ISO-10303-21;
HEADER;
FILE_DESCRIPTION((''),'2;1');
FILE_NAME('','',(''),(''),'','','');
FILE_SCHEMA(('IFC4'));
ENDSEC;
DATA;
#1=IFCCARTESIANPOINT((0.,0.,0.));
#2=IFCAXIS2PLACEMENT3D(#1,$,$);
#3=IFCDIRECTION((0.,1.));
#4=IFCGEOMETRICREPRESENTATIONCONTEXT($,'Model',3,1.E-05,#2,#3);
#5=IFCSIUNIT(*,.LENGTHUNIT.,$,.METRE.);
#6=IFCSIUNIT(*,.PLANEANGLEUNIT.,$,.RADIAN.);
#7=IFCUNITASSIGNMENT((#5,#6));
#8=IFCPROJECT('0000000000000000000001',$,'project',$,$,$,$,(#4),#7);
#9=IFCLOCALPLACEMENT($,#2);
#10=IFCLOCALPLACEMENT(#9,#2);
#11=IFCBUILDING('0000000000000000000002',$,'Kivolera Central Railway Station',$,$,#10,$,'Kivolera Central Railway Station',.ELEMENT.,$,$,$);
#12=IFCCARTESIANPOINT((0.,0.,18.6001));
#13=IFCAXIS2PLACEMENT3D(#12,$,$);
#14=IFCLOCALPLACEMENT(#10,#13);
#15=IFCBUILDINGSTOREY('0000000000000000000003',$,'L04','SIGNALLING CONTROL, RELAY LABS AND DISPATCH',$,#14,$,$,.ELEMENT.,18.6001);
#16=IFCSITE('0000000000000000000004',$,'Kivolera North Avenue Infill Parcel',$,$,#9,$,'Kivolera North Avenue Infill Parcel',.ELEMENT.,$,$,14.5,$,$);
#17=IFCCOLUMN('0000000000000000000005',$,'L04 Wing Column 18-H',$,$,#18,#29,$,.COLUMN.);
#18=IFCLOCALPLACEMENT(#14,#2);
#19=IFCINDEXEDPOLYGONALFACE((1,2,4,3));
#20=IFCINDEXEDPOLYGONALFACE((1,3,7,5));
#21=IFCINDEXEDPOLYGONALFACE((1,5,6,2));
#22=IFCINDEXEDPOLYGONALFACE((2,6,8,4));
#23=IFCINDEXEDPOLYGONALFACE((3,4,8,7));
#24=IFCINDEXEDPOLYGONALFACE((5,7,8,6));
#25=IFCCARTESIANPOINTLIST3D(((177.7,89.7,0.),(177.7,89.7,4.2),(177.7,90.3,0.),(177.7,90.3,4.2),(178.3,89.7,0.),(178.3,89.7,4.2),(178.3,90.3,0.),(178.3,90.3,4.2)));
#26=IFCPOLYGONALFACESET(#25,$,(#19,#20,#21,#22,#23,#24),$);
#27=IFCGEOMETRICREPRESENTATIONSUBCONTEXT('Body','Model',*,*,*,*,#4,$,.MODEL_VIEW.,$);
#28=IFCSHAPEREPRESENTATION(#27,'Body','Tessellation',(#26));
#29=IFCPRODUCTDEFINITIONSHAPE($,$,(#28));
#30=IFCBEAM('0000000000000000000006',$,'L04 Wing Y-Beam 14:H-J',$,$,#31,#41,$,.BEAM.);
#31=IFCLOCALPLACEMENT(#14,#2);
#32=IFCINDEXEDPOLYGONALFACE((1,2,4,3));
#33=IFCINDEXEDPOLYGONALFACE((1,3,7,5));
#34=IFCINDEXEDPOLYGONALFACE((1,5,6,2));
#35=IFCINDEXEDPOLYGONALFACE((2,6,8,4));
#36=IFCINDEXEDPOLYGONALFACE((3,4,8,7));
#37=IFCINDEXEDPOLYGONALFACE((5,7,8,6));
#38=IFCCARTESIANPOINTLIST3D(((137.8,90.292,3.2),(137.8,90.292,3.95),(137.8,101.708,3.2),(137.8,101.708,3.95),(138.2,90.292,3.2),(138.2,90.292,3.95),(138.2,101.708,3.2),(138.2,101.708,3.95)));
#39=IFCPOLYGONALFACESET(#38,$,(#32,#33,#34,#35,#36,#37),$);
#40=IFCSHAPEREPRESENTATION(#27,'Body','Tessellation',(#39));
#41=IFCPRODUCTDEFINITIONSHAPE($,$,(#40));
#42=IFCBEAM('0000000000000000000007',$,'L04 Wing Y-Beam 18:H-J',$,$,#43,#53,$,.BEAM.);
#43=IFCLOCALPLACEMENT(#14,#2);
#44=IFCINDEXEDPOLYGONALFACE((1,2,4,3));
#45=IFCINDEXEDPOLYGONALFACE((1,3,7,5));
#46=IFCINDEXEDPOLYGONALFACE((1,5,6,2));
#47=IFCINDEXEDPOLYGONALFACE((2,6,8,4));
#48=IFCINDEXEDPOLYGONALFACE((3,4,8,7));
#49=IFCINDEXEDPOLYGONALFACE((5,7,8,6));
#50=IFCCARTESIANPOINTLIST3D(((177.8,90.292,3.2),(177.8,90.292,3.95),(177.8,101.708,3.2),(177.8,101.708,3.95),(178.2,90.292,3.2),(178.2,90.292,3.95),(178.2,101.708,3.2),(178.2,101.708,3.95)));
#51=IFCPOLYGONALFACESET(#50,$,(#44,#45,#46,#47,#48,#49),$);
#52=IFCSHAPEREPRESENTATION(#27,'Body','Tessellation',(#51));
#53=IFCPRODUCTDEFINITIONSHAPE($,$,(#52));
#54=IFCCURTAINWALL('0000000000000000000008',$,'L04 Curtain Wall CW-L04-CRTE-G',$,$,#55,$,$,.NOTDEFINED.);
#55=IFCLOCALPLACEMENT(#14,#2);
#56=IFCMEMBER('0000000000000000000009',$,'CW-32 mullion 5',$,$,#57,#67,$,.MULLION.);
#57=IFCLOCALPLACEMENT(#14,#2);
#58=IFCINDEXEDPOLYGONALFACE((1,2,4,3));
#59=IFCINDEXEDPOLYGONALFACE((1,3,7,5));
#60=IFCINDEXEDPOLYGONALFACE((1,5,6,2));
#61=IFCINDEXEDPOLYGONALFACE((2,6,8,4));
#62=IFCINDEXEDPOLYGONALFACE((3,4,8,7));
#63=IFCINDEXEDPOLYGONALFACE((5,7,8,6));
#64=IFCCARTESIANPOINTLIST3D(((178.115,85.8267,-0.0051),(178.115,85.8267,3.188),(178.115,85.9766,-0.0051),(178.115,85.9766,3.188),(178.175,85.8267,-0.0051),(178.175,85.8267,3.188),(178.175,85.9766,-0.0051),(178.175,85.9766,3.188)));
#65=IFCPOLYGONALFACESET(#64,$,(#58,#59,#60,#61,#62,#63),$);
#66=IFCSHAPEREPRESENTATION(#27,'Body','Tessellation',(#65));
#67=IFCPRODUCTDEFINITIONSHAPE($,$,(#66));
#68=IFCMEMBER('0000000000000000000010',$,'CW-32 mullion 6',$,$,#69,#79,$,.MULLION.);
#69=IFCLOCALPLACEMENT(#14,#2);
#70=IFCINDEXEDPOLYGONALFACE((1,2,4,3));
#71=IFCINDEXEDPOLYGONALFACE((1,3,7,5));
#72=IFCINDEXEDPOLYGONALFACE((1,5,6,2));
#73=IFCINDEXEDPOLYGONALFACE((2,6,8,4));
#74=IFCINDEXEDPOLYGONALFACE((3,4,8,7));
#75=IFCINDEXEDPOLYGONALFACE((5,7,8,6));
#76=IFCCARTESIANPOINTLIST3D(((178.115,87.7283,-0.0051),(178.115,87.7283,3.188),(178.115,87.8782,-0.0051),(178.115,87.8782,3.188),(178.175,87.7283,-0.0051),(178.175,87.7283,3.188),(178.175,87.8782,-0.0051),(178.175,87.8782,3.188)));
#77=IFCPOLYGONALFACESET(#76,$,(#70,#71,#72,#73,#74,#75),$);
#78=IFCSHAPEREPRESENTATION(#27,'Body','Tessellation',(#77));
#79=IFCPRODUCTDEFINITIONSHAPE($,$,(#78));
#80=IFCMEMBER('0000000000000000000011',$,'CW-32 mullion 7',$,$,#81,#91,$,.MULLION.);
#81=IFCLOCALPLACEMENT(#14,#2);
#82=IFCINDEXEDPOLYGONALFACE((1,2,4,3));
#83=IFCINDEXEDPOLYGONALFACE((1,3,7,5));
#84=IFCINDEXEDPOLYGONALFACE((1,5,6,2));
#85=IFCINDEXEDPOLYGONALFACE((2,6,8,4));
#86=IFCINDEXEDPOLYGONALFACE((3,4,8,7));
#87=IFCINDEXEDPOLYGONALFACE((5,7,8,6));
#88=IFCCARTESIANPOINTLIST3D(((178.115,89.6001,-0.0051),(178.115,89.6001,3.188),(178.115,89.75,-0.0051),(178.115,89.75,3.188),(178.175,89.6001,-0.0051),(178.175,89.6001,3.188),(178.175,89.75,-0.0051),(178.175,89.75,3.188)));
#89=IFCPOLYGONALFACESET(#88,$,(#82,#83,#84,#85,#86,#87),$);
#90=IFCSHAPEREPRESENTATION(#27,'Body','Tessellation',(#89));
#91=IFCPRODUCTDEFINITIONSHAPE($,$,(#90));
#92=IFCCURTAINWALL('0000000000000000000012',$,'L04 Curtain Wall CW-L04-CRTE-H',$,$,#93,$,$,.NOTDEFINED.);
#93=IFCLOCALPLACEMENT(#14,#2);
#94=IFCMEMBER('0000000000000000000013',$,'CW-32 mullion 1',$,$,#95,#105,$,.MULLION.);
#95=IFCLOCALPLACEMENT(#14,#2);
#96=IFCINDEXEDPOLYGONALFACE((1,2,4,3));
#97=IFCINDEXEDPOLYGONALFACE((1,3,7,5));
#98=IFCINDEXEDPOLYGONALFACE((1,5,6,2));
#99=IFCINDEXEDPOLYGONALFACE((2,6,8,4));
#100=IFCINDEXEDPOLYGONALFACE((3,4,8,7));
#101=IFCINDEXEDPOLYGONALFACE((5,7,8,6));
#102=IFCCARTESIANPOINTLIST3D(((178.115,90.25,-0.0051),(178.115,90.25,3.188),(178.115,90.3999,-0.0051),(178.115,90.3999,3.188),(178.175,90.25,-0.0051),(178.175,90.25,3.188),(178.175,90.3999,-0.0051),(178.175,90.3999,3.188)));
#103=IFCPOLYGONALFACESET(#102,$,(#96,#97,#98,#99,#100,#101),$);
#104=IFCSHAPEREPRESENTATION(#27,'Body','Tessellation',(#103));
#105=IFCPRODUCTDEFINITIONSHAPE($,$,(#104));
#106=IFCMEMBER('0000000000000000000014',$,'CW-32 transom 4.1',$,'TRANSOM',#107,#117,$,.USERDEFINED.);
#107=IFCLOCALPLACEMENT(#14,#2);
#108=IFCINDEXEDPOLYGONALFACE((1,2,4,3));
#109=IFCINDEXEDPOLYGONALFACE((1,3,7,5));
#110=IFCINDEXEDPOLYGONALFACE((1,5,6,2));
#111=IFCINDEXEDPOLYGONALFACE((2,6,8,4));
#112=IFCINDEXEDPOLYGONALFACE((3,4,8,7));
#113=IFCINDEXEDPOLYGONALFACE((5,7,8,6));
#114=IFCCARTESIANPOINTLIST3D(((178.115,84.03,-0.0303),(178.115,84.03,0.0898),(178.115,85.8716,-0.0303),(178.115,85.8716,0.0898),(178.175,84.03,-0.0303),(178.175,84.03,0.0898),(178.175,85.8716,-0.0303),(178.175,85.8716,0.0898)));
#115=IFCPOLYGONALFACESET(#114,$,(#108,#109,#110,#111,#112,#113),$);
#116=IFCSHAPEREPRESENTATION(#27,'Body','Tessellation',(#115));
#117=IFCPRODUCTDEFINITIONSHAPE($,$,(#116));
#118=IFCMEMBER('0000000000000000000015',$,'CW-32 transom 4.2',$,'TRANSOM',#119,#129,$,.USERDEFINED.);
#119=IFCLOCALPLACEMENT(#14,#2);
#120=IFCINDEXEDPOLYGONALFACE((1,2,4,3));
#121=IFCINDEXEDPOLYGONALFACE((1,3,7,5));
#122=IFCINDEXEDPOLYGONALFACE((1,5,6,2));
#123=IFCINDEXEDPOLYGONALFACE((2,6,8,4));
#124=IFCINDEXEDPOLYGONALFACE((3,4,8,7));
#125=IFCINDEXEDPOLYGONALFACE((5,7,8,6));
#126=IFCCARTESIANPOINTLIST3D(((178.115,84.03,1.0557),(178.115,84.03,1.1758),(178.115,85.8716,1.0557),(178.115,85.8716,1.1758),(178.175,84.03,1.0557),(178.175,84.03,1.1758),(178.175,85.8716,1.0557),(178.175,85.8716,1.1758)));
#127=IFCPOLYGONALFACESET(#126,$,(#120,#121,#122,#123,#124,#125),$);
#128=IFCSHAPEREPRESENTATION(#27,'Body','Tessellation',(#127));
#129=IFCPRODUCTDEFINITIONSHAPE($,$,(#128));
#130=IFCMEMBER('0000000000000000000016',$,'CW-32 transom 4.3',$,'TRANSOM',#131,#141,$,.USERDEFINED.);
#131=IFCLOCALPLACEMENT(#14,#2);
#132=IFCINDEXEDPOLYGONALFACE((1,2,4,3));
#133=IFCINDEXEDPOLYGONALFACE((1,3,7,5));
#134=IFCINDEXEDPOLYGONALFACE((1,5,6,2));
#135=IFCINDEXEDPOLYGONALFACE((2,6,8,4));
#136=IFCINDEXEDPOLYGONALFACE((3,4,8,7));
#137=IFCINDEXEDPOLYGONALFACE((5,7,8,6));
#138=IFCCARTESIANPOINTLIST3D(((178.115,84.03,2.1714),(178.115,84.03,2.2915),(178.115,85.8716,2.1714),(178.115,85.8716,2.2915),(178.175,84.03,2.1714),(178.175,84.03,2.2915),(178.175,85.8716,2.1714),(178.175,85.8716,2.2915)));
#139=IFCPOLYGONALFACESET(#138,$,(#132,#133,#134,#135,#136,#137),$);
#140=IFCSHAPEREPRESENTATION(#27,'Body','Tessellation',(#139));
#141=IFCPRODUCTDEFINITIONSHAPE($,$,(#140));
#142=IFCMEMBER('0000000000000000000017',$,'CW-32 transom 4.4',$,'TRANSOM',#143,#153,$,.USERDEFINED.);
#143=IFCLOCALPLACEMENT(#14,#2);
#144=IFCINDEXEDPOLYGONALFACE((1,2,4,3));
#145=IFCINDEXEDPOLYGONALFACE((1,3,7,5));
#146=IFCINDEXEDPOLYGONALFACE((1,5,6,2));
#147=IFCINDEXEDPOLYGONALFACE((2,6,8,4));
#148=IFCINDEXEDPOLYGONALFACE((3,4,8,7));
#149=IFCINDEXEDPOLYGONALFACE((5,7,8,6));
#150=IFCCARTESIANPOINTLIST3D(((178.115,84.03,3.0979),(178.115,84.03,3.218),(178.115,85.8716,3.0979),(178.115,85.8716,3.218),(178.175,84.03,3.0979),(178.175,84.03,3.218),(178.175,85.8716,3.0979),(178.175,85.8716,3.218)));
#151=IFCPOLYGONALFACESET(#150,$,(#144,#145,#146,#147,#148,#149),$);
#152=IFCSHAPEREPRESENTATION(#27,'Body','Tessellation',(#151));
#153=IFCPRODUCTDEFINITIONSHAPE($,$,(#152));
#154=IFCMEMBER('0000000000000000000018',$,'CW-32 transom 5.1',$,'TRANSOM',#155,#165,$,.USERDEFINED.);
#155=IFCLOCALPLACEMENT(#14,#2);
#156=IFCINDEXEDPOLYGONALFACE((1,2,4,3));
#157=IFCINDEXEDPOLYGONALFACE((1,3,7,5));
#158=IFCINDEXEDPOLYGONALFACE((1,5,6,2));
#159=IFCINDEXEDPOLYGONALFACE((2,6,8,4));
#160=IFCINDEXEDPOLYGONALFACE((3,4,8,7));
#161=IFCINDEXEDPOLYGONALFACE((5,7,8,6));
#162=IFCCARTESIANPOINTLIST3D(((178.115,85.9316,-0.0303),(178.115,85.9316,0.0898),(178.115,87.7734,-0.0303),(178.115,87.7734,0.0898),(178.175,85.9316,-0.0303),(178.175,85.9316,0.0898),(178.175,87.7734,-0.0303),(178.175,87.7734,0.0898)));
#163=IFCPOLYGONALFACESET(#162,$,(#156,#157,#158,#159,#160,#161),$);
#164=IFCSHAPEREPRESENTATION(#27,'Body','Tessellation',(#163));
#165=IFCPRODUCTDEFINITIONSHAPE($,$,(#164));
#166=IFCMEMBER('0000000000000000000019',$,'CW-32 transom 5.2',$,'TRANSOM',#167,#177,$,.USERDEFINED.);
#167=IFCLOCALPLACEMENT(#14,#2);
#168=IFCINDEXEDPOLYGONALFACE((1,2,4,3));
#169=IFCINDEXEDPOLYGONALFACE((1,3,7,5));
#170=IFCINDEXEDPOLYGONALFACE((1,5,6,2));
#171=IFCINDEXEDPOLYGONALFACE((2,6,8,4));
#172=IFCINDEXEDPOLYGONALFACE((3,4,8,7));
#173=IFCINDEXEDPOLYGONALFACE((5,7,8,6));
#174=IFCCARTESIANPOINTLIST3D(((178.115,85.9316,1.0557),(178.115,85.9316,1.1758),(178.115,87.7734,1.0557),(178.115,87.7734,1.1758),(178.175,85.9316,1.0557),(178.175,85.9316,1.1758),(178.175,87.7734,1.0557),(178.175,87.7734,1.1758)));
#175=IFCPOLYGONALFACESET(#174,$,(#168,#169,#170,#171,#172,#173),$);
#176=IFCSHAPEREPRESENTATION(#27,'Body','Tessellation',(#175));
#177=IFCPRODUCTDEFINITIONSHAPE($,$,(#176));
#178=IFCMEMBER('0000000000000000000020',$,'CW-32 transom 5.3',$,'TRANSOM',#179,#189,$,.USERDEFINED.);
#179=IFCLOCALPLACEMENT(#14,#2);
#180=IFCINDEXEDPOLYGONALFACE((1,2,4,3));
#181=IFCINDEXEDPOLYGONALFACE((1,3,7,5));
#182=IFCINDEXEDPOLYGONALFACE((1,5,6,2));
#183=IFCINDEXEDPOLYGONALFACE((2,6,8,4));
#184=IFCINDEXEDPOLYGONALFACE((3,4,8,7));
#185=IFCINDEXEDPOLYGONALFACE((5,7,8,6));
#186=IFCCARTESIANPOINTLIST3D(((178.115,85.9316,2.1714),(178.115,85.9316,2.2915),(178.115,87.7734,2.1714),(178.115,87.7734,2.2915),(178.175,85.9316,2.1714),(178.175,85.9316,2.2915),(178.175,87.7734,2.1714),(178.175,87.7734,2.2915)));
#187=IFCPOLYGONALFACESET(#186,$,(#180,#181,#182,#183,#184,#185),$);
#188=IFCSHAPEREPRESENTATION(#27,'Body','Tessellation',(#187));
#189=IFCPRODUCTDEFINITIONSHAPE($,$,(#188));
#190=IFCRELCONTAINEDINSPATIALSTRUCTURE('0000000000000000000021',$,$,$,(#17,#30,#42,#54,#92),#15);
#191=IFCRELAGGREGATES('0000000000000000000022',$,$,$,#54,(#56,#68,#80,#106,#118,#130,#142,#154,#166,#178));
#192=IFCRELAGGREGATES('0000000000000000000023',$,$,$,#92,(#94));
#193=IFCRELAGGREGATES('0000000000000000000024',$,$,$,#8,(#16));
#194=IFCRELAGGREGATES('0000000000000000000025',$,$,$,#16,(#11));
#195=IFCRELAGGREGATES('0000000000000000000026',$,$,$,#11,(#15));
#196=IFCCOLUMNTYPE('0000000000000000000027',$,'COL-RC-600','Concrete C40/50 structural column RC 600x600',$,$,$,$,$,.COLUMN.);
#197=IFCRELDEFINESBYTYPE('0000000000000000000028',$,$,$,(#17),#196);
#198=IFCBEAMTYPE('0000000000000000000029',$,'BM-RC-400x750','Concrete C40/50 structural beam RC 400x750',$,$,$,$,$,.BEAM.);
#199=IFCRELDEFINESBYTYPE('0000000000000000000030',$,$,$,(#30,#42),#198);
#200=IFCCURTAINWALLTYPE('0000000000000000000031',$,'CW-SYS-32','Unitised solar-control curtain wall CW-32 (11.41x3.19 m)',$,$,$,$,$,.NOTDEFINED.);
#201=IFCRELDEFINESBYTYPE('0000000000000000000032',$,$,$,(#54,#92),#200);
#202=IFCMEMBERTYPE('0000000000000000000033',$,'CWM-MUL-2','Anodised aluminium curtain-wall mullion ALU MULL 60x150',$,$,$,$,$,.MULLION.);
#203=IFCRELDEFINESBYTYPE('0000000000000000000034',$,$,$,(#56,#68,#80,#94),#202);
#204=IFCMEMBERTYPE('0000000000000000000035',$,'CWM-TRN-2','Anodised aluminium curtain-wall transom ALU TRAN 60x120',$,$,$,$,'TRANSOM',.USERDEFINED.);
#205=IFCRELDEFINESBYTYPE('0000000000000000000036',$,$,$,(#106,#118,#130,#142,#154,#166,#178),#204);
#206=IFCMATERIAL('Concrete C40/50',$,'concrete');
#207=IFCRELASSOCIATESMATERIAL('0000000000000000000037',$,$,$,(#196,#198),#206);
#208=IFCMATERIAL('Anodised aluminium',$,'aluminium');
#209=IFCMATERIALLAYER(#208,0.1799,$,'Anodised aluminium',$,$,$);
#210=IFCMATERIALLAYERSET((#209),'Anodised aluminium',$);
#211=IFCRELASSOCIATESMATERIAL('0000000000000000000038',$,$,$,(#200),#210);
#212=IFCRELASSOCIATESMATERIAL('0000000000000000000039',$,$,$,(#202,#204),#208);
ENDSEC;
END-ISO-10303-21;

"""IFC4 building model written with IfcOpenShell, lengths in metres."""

from ifc_helpers import new_model, si_unit, direction, frame, origin, origin_2d, place, context, subcontext, project, spatial, rectangle, extrude, material, layer, layer_set, material_profile, profile_set, type_object, element, aggregate, save


model = new_model("IFC4")

# Units and contexts
model_context = context("Model", 3, precision=1e-05, world=origin(), true_north=direction((0.0, 1.0)))
body_context = subcontext(model_context, "Body", "Model", "MODEL_VIEW")
ifc_project = project(units=[si_unit("LENGTHUNIT", "METRE"), si_unit("PLANEANGLEUNIT", "RADIAN")], contexts=[model_context])

# Site, building, storey
site_placement = place(None, origin())
site = spatial("IfcSite", under=ifc_project, at=site_placement, Name="Kivolera North Avenue Infill Parcel", LongName="Kivolera North Avenue Infill Parcel", CompositionType="ELEMENT", RefElevation=14.5)
building_placement = place(site_placement, origin())
building = spatial("IfcBuilding", under=site, at=building_placement, Name="Kivolera Central Railway Station", LongName="Kivolera Central Railway Station", CompositionType="ELEMENT")
storey_placement = place(building_placement, frame((0.0, 0.0, 18.6001)))
storey = spatial("IfcBuildingStorey", under=building, at=storey_placement, Name="L04", Description="SIGNALLING CONTROL, RELAY LABS AND DISPATCH", CompositionType="ELEMENT", Elevation=18.6001)

# Column
ifc_material_1 = material(Name="Concrete C40/50", Category="concrete")
ifc_material_profile_1 = material_profile(ifc_material_1, rectangle(XDim=0.6001, YDim=0.6001, at=origin_2d()), Name="RC 600x600")
ifc_profile_set_1 = profile_set([ifc_material_profile_1], Name="Concrete C40/50")
column_type = type_object("IfcColumnType", Name="COL-RC-600", Description="Concrete C40/50 structural column RC 600x600", PredefinedType="COLUMN", material=ifc_profile_set_1)
column_placement = place(storey_placement, frame((178.0, 90.0, 0.0), z_axis=(0.0, 0.0, 1.0), x_axis=(1.0, 0.0, 0.0)))
element("IfcColumn", 1, at=column_placement, inside=storey, type_object=column_type, Name="L04 Wing Column 18-H", PredefinedType="COLUMN", context=body_context, shape_type="SweptSolid", body=[
    extrude(rectangle(XDim=0.6001, YDim=0.6001, at=origin_2d()), origin(), (0.0, 0.0, 1.0), 4.2),
])

# Beams
ifc_material_profile_2 = material_profile(ifc_material_1, rectangle(XDim=0.3999, YDim=0.75, at=origin_2d()), Name="RC 400x750")
ifc_profile_set_2 = profile_set([ifc_material_profile_2], Name="Concrete C40/50")
beam_type = type_object("IfcBeamType", Name="BM-RC-400x750", Description="Concrete C40/50 structural beam RC 400x750", PredefinedType="BEAM", material=ifc_profile_set_2)
for number, where, z_axis, x_axis, name in (
    (2, (138.0, 90.292, 3.575), (0.0, 1.0, 0.0), (-1.0, 0.0, 0.0), "L04 Wing Y-Beam 14:H-J"),
    (3, (178.0, 90.292, 3.575), (0.0, 1.0, 0.0), (-1.0, 0.0, 0.0), "L04 Wing Y-Beam 18:H-J"),
):
    element("IfcBeam", number, at=place(storey_placement, frame(where, z_axis=z_axis, x_axis=x_axis)), inside=storey, type_object=beam_type, Name=name, PredefinedType="BEAM", context=body_context, shape_type="SweptSolid", body=[
        extrude(rectangle(XDim=0.3999, YDim=0.75, at=origin_2d()), origin(), (0.0, 0.0, 1.0), 11.416),
    ])

# Curtain wall, members
ifc_material_2 = material(Name="Anodised aluminium", Category="aluminium")
ifc_layer_1 = layer(ifc_material_2, 0.1799, Name="Anodised aluminium")
ifc_layer_set_1 = layer_set([ifc_layer_1], Name="Anodised aluminium")
curtain_wall_type = type_object("IfcCurtainWallType", Name="CW-SYS-32", Description="Unitised solar-control curtain wall CW-32 (11.41x3.19 m)", PredefinedType="NOTDEFINED", material=ifc_layer_set_1)
curtain_wall_1_placement = place(storey_placement, origin())
curtain_wall_1 = element("IfcCurtainWall", 4, at=curtain_wall_1_placement, inside=storey, type_object=curtain_wall_type, Name="L04 Curtain Wall CW-L04-CRTE-G", PredefinedType="NOTDEFINED")
ifc_material_profile_3 = material_profile(ifc_material_2, rectangle(XDim=0.0601, YDim=0.1499, at=origin_2d()), Name="ALU MULL 60x150")
ifc_profile_set_3 = profile_set([ifc_material_profile_3], Name="Anodised aluminium")
member_type_1 = type_object("IfcMemberType", Name="CWM-MUL-2", Description="Anodised aluminium curtain-wall mullion ALU MULL 60x150", PredefinedType="MULLION", material=ifc_profile_set_3)
member_1_placement = place(storey_placement, frame((178.145, 85.9016, -0.0051), z_axis=(0.0, 0.0, 1.0), x_axis=(-1.0, 0.0, 0.0)))
member_1 = element("IfcMember", 5, at=member_1_placement, type_object=member_type_1, Name="CW-32 mullion 5", PredefinedType="MULLION", context=body_context, shape_type="SweptSolid", body=[
    extrude(rectangle(XDim=0.0601, YDim=0.1499, at=origin_2d()), origin(), (0.0, 0.0, 1.0), 3.1931),
])
member_2_placement = place(storey_placement, frame((178.145, 87.8032, -0.0051), z_axis=(0.0, 0.0, 1.0), x_axis=(-1.0, 0.0, 0.0)))
member_2 = element("IfcMember", 6, at=member_2_placement, type_object=member_type_1, Name="CW-32 mullion 6", PredefinedType="MULLION", context=body_context, shape_type="SweptSolid", body=[
    extrude(rectangle(XDim=0.0601, YDim=0.1499, at=origin_2d()), origin(), (0.0, 0.0, 1.0), 3.1931),
])
member_3_placement = place(storey_placement, frame((178.145, 89.675, -0.0051), z_axis=(0.0, 0.0, 1.0), x_axis=(-1.0, 0.0, 0.0)))
member_3 = element("IfcMember", 7, at=member_3_placement, type_object=member_type_1, Name="CW-32 mullion 7", PredefinedType="MULLION", context=body_context, shape_type="SweptSolid", body=[
    extrude(rectangle(XDim=0.0601, YDim=0.1499, at=origin_2d()), origin(), (0.0, 0.0, 1.0), 3.1931),
])

# Curtain wall, member
curtain_wall_2_placement = place(storey_placement, origin())
curtain_wall_2 = element("IfcCurtainWall", 8, at=curtain_wall_2_placement, inside=storey, type_object=curtain_wall_type, Name="L04 Curtain Wall CW-L04-CRTE-H", PredefinedType="NOTDEFINED")
member_4_placement = place(storey_placement, frame((178.145, 90.325, -0.0051), z_axis=(0.0, 0.0, 1.0), x_axis=(-1.0, 0.0, 0.0)))
member_4 = element("IfcMember", 9, at=member_4_placement, type_object=member_type_1, Name="CW-32 mullion 1", PredefinedType="MULLION", context=body_context, shape_type="SweptSolid", body=[
    extrude(rectangle(XDim=0.0601, YDim=0.1499, at=origin_2d()), origin(), (0.0, 0.0, 1.0), 3.1931),
])

# Members
ifc_material_profile_4 = material_profile(ifc_material_2, rectangle(XDim=0.0601, YDim=0.1201, at=origin_2d()), Name="ALU TRAN 60x120")
ifc_profile_set_4 = profile_set([ifc_material_profile_4], Name="Anodised aluminium")
member_type_2 = type_object("IfcMemberType", Name="CWM-TRN-2", Description="Anodised aluminium curtain-wall transom ALU TRAN 60x120", ElementType="TRANSOM", PredefinedType="USERDEFINED", material=ifc_profile_set_4)
member_5_placement = place(storey_placement, frame((178.145, 84.03, 0.0298), z_axis=(0.0, 1.0, 0.0), x_axis=(-1.0, 0.0, 0.0)))
member_5 = element("IfcMember", 10, at=member_5_placement, type_object=member_type_2, Name="CW-32 transom 4.1", ObjectType="TRANSOM", PredefinedType="USERDEFINED", context=body_context, shape_type="SweptSolid", body=[
    extrude(rectangle(XDim=0.0601, YDim=0.1201, at=origin_2d()), origin(), (0.0, 0.0, 1.0), 1.8416),
])
member_6_placement = place(storey_placement, frame((178.145, 84.03, 1.1157), z_axis=(0.0, 1.0, 0.0), x_axis=(-1.0, 0.0, 0.0)))
member_6 = element("IfcMember", 11, at=member_6_placement, type_object=member_type_2, Name="CW-32 transom 4.2", ObjectType="TRANSOM", PredefinedType="USERDEFINED", context=body_context, shape_type="SweptSolid", body=[
    extrude(rectangle(XDim=0.0601, YDim=0.1201, at=origin_2d()), origin(), (0.0, 0.0, 1.0), 1.8416),
])
member_7_placement = place(storey_placement, frame((178.145, 84.03, 2.2314), z_axis=(0.0, 1.0, 0.0), x_axis=(-1.0, 0.0, 0.0)))
member_7 = element("IfcMember", 12, at=member_7_placement, type_object=member_type_2, Name="CW-32 transom 4.3", ObjectType="TRANSOM", PredefinedType="USERDEFINED", context=body_context, shape_type="SweptSolid", body=[
    extrude(rectangle(XDim=0.0601, YDim=0.1201, at=origin_2d()), origin(), (0.0, 0.0, 1.0), 1.8416),
])
member_8_placement = place(storey_placement, frame((178.145, 84.03, 3.158), z_axis=(0.0, 1.0, 0.0), x_axis=(-1.0, 0.0, 0.0)))
member_8 = element("IfcMember", 13, at=member_8_placement, type_object=member_type_2, Name="CW-32 transom 4.4", ObjectType="TRANSOM", PredefinedType="USERDEFINED", context=body_context, shape_type="SweptSolid", body=[
    extrude(rectangle(XDim=0.0601, YDim=0.1201, at=origin_2d()), origin(), (0.0, 0.0, 1.0), 1.8416),
])
member_9_placement = place(storey_placement, frame((178.145, 85.9316, 0.0298), z_axis=(0.0, 1.0, 0.0), x_axis=(-1.0, 0.0, 0.0)))
member_9 = element("IfcMember", 14, at=member_9_placement, type_object=member_type_2, Name="CW-32 transom 5.1", ObjectType="TRANSOM", PredefinedType="USERDEFINED", context=body_context, shape_type="SweptSolid", body=[
    extrude(rectangle(XDim=0.0601, YDim=0.1201, at=origin_2d()), origin(), (0.0, 0.0, 1.0), 1.8418),
])
member_10_placement = place(storey_placement, frame((178.145, 85.9316, 1.1157), z_axis=(0.0, 1.0, 0.0), x_axis=(-1.0, 0.0, 0.0)))
member_10 = element("IfcMember", 15, at=member_10_placement, type_object=member_type_2, Name="CW-32 transom 5.2", ObjectType="TRANSOM", PredefinedType="USERDEFINED", context=body_context, shape_type="SweptSolid", body=[
    extrude(rectangle(XDim=0.0601, YDim=0.1201, at=origin_2d()), origin(), (0.0, 0.0, 1.0), 1.8418),
])
member_11_placement = place(storey_placement, frame((178.145, 85.9316, 2.2314), z_axis=(0.0, 1.0, 0.0), x_axis=(-1.0, 0.0, 0.0)))
member_11 = element("IfcMember", 16, at=member_11_placement, type_object=member_type_2, Name="CW-32 transom 5.3", ObjectType="TRANSOM", PredefinedType="USERDEFINED", context=body_context, shape_type="SweptSolid", body=[
    extrude(rectangle(XDim=0.0601, YDim=0.1201, at=origin_2d()), origin(), (0.0, 0.0, 1.0), 1.8418),
])

aggregate(curtain_wall_1, [member_1, member_2, member_3, member_5, member_6, member_7, member_8, member_9, member_10, member_11])
aggregate(curtain_wall_2, [member_4])

save(model, "model.ifc")
